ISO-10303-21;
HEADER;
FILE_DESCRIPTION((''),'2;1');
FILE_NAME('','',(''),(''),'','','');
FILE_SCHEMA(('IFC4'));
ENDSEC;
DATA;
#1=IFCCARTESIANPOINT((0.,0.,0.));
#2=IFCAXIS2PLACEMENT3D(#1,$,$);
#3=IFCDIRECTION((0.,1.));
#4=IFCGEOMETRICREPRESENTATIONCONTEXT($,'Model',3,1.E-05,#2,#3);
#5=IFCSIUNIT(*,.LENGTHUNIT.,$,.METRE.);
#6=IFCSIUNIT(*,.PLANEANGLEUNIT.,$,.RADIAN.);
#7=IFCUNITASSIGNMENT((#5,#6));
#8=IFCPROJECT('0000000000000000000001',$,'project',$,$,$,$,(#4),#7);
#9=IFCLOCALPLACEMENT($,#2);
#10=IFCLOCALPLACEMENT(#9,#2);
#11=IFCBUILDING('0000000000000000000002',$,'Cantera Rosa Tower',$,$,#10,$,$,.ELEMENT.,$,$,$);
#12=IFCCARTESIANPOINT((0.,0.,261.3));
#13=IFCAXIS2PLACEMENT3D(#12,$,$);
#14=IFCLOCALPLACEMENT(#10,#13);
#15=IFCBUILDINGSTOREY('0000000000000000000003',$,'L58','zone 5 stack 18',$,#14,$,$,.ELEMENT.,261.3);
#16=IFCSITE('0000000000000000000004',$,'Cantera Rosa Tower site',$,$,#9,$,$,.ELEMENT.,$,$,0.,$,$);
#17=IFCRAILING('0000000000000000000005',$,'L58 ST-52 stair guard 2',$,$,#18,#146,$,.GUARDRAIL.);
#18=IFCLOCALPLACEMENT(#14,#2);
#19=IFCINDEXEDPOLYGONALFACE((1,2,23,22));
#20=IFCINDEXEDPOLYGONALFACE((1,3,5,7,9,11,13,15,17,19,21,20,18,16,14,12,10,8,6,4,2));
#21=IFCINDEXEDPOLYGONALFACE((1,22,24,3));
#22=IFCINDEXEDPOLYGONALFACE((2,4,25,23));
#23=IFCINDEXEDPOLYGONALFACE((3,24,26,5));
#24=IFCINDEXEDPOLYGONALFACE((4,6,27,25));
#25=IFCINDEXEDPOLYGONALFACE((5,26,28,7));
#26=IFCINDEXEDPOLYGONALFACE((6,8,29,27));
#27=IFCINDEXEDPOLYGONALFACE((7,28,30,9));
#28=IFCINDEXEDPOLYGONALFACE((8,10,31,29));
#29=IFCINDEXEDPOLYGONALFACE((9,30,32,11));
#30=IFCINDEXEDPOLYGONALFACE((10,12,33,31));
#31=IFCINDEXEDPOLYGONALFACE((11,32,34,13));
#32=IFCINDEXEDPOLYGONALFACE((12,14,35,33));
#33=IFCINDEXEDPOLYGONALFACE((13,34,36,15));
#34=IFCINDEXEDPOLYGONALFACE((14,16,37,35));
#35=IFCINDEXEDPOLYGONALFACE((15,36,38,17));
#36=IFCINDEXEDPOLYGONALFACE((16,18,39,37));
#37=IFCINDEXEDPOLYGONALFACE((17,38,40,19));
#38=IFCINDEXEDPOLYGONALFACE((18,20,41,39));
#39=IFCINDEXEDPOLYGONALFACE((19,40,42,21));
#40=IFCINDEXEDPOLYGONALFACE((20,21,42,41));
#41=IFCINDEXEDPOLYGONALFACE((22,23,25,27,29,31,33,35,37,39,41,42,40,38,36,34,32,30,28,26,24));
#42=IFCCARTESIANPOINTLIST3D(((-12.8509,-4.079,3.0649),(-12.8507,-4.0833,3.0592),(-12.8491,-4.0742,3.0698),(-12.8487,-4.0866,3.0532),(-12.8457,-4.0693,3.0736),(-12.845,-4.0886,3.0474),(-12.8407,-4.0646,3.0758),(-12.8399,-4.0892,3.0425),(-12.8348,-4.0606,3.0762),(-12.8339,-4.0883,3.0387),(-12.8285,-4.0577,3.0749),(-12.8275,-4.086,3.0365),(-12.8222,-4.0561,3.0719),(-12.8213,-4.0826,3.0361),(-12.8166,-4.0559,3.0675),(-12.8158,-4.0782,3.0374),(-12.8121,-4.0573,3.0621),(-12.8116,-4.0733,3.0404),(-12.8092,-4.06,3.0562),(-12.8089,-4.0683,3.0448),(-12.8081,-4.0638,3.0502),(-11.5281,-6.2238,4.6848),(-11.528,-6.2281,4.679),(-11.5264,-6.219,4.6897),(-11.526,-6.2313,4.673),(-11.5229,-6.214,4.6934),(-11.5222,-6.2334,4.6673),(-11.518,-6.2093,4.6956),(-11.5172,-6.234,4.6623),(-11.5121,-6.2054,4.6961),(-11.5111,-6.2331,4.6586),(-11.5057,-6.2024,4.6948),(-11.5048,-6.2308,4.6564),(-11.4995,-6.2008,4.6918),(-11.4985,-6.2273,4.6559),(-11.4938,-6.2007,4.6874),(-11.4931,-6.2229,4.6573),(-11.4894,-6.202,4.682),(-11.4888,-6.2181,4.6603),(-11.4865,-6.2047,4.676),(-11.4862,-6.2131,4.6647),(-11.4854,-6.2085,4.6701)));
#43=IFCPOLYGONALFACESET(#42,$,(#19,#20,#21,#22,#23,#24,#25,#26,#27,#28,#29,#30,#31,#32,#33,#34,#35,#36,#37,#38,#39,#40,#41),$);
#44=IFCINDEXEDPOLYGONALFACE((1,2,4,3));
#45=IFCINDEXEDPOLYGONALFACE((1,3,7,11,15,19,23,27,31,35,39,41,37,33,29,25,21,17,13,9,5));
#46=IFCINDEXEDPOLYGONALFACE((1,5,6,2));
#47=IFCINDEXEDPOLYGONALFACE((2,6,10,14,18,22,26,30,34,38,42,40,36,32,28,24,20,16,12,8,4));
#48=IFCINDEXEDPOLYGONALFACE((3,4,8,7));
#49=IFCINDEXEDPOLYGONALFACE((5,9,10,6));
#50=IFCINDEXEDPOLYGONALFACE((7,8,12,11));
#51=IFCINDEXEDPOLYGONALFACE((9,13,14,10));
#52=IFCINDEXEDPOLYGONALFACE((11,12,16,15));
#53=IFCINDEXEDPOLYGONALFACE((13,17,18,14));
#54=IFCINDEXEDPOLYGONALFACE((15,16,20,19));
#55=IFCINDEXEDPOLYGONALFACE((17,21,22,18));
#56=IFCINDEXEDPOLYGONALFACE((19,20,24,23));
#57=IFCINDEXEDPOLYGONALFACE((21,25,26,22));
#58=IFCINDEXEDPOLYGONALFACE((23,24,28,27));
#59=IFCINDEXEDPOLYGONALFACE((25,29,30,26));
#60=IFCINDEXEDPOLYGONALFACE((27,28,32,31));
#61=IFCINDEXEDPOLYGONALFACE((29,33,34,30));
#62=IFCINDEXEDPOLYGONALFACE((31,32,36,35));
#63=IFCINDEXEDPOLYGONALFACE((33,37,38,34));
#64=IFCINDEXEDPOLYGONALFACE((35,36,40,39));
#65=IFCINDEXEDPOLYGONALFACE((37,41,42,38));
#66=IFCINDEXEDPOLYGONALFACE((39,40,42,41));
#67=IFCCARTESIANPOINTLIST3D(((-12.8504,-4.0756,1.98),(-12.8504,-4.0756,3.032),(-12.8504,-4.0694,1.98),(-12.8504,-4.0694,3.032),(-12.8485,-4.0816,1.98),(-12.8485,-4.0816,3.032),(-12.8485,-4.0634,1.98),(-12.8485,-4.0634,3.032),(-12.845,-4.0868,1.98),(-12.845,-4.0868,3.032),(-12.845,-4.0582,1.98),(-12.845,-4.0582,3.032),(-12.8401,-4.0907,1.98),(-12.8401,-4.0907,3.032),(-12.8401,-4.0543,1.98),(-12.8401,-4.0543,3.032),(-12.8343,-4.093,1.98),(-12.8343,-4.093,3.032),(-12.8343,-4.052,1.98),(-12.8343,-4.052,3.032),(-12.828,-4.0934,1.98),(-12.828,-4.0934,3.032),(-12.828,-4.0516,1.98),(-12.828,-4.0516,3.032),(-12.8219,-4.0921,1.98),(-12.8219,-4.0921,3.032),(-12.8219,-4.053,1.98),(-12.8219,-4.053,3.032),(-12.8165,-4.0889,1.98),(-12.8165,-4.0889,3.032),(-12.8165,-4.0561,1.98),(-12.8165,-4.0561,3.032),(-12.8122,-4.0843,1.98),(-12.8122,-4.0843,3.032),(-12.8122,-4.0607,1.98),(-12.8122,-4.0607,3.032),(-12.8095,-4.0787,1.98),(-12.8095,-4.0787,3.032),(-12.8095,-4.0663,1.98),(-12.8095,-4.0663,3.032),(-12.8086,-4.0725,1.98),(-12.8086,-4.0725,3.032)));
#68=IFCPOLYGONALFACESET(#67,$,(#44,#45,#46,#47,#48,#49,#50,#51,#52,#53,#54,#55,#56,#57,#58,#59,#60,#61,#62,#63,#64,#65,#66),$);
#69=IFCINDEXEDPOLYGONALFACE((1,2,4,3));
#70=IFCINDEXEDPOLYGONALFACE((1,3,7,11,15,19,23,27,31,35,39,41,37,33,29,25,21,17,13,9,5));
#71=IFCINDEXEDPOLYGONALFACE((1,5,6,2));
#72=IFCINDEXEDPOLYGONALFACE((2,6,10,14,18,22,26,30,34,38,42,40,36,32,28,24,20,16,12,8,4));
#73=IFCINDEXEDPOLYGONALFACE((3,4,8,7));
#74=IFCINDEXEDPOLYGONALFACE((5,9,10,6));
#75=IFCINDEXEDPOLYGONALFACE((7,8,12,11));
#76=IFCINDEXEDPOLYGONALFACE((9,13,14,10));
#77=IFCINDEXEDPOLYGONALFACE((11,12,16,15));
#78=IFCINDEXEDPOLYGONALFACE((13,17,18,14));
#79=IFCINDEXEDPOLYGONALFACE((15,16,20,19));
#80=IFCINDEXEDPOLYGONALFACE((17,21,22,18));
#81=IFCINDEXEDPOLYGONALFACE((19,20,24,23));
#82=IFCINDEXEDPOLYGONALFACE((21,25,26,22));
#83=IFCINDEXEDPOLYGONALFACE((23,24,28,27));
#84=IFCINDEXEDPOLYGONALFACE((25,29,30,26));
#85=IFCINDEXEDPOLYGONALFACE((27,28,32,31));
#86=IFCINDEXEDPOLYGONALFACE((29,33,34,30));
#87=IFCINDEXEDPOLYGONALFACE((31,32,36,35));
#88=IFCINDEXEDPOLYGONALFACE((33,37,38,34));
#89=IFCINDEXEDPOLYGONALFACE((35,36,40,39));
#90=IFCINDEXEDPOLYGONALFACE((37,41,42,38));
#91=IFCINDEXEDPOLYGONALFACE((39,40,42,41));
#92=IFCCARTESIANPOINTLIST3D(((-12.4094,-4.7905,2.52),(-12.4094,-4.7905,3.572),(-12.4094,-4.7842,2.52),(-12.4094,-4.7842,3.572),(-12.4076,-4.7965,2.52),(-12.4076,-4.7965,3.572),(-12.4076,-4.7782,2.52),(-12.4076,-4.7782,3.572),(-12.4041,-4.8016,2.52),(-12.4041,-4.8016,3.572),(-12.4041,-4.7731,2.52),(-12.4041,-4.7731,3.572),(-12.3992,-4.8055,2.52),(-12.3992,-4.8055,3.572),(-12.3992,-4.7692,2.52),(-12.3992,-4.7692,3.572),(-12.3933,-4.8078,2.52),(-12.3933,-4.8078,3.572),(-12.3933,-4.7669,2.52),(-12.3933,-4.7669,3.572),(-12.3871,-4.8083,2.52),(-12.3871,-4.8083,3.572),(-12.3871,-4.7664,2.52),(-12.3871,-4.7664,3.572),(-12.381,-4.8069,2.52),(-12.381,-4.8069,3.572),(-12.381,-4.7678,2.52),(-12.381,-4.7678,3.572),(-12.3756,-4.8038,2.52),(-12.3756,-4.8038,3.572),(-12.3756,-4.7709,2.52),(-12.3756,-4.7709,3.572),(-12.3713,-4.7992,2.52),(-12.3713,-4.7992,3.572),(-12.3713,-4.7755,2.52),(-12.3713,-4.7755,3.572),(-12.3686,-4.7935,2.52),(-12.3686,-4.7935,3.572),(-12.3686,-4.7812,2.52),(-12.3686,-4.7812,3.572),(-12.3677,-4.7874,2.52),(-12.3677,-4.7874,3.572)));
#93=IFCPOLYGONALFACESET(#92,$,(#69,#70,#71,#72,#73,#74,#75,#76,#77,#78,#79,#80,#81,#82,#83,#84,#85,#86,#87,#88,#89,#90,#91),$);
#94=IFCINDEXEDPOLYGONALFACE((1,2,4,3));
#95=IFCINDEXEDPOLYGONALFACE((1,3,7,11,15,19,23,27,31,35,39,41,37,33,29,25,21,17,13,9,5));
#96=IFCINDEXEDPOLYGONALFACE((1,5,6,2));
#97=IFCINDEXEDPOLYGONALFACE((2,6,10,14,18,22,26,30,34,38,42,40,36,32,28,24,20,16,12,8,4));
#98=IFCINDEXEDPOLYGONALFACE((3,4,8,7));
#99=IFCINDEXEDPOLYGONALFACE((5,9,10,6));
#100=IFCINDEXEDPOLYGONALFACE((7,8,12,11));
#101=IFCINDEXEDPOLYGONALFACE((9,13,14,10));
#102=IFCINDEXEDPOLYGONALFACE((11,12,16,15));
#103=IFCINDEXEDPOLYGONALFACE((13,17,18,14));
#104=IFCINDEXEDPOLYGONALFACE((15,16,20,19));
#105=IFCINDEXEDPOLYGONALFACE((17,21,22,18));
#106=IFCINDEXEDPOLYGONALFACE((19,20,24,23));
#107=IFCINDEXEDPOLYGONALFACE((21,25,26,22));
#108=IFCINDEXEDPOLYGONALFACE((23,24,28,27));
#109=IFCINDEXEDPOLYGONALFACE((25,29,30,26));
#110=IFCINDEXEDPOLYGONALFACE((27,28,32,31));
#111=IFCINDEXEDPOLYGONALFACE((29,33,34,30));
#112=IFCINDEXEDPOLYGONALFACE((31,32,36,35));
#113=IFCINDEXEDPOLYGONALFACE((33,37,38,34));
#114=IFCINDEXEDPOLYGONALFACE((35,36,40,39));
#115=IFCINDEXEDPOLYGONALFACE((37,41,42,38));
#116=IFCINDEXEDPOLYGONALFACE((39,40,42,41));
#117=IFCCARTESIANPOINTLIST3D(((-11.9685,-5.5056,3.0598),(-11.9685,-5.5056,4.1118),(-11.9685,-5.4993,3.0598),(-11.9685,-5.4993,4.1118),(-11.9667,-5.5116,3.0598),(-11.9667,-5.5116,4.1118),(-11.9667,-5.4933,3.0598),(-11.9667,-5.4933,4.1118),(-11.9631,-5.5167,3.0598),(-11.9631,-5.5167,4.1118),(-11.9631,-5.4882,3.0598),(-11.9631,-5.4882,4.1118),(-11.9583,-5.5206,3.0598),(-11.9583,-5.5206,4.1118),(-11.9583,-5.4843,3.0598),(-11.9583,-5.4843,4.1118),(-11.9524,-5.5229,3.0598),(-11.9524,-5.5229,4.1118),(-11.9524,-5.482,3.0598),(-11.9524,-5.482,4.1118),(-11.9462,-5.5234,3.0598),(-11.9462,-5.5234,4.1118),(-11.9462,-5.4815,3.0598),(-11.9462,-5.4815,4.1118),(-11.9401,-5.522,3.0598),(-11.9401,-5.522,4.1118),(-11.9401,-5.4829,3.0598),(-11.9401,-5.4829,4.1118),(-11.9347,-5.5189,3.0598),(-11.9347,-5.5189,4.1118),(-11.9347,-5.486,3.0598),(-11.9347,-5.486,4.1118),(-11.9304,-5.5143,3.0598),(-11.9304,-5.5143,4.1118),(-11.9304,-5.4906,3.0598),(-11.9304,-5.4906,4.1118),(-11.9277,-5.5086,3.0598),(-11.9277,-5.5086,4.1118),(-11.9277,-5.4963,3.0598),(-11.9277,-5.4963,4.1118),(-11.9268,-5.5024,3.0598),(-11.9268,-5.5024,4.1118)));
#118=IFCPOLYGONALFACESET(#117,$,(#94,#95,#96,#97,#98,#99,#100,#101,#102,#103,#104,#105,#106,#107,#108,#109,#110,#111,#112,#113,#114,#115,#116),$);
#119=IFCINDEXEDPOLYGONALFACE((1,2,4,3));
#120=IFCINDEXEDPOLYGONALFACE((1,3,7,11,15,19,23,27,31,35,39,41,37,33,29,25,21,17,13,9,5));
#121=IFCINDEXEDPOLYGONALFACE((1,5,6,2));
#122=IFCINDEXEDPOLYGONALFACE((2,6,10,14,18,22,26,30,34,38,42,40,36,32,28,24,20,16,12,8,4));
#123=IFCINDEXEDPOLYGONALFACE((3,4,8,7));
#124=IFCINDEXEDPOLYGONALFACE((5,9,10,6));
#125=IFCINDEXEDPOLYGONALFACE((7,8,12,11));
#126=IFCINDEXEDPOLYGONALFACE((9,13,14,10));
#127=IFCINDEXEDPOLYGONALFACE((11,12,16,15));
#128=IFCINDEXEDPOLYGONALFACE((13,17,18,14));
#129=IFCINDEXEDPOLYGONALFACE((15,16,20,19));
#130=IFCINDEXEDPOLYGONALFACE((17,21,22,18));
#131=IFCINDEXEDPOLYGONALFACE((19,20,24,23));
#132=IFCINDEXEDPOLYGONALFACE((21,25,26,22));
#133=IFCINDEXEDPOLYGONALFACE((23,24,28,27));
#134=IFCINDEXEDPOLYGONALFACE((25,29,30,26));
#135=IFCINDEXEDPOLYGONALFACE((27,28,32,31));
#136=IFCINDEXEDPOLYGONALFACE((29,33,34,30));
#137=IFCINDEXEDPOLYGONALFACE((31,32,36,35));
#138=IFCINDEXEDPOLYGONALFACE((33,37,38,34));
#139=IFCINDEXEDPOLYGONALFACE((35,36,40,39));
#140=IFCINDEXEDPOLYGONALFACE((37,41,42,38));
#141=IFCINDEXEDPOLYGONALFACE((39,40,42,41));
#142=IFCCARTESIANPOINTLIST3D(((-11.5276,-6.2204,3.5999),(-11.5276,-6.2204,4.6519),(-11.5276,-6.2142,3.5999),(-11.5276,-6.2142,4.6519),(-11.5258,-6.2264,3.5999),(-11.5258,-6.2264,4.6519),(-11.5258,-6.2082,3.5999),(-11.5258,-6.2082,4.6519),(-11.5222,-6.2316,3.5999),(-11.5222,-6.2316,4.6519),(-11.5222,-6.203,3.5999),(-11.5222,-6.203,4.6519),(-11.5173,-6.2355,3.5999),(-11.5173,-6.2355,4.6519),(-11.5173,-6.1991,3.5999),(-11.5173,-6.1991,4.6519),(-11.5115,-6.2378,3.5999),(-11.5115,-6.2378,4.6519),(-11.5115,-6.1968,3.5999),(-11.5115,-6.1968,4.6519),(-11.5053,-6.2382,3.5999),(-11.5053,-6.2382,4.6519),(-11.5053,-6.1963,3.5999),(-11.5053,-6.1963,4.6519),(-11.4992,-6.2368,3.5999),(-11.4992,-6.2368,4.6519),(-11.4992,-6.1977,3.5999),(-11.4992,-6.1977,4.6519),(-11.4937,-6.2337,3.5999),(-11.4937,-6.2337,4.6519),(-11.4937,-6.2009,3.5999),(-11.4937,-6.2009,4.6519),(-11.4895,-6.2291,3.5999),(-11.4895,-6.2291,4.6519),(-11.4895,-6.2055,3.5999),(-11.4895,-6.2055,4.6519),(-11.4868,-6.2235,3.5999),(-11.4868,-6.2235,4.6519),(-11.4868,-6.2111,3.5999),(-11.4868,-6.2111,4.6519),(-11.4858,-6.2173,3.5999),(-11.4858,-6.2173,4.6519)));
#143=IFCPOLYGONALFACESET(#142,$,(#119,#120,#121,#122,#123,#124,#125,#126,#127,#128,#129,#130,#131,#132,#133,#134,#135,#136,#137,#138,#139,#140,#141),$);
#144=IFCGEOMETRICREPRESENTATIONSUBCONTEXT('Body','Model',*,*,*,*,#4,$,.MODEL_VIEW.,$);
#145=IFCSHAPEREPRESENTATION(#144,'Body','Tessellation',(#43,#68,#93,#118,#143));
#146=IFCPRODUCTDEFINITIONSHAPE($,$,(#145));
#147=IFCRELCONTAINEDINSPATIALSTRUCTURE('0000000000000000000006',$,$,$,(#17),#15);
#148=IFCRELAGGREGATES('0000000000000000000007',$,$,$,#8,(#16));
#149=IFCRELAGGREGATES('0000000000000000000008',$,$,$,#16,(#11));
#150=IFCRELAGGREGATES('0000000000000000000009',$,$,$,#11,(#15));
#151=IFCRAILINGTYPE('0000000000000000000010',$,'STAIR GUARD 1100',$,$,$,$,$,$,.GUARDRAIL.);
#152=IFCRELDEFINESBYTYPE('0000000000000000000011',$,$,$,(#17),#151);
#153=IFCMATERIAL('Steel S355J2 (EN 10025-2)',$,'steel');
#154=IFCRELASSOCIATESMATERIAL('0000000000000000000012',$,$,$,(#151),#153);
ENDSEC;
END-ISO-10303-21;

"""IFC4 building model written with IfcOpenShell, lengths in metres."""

from ifc_helpers import new_model, si_unit, direction, frame, origin, origin_2d, place, context, subcontext, project, spatial, circle, extrude, material, type_object, element, save


model = new_model("IFC4")

# Units and contexts
model_context = context("Model", 3, precision=1e-05, world=origin(), true_north=direction((0.0, 1.0)))
body_context = subcontext(model_context, "Body", "Model", "MODEL_VIEW")
ifc_project = project(units=[si_unit("LENGTHUNIT", "METRE"), si_unit("PLANEANGLEUNIT", "RADIAN")], contexts=[model_context])

# Site, building, storey
site_placement = place(None, origin())
site = spatial("IfcSite", under=ifc_project, at=site_placement, Name="Cantera Rosa Tower site", CompositionType="ELEMENT", RefElevation=0.0)
building_placement = place(site_placement, origin())
building = spatial("IfcBuilding", under=site, at=building_placement, Name="Cantera Rosa Tower", CompositionType="ELEMENT")
storey_placement = place(building_placement, frame((0.0, 0.0, 261.3)))
storey = spatial("IfcBuildingStorey", under=building, at=storey_placement, Name="L58", Description="zone 5 stack 18", CompositionType="ELEMENT", Elevation=261.3)

# Railing
ifc_material_1 = material(Name="Steel S355J2 (EN 10025-2)", Category="steel")
railing_type_1 = type_object("IfcRailingType", Name="STAIR GUARD 1100", PredefinedType="GUARDRAIL", material=ifc_material_1)
railing_1_placement = place(storey_placement, frame((-12.8296, -4.0725, 1.98)))
element("IfcRailing", 1, at=railing_1_placement, inside=storey, type_object=railing_type_1, Name="L58 ST-52 stair guard 2", PredefinedType="GUARDRAIL", context=body_context, shape_type="SweptSolid", body=[
    extrude(circle(Radius=0.0239, at=origin_2d()), frame((0.0, 0.0, 1.0762), z_axis=(0.441563, -0.715971, 0.540748), x_axis=(0.851146, 0.52493, 0.0)), (0.0, 0.0, 1.0), 2.9956),
    extrude(circle(Radius=0.021, at=origin_2d()), origin(), (0.0, 0.0, 1.0), 1.052),
    extrude(circle(Radius=0.021, at=origin_2d()), frame((0.4409, -0.7148, 0.54)), (0.0, 0.0, 1.0), 1.052),
    extrude(circle(Radius=0.021, at=origin_2d()), frame((0.8818, -1.4299, 1.0798)), (0.0, 0.0, 1.0), 1.052),
    extrude(circle(Radius=0.021, at=origin_2d()), frame((1.3228, -2.1448, 1.6199)), (0.0, 0.0, 1.0), 1.052),
])

save(model, "model.ifc")
